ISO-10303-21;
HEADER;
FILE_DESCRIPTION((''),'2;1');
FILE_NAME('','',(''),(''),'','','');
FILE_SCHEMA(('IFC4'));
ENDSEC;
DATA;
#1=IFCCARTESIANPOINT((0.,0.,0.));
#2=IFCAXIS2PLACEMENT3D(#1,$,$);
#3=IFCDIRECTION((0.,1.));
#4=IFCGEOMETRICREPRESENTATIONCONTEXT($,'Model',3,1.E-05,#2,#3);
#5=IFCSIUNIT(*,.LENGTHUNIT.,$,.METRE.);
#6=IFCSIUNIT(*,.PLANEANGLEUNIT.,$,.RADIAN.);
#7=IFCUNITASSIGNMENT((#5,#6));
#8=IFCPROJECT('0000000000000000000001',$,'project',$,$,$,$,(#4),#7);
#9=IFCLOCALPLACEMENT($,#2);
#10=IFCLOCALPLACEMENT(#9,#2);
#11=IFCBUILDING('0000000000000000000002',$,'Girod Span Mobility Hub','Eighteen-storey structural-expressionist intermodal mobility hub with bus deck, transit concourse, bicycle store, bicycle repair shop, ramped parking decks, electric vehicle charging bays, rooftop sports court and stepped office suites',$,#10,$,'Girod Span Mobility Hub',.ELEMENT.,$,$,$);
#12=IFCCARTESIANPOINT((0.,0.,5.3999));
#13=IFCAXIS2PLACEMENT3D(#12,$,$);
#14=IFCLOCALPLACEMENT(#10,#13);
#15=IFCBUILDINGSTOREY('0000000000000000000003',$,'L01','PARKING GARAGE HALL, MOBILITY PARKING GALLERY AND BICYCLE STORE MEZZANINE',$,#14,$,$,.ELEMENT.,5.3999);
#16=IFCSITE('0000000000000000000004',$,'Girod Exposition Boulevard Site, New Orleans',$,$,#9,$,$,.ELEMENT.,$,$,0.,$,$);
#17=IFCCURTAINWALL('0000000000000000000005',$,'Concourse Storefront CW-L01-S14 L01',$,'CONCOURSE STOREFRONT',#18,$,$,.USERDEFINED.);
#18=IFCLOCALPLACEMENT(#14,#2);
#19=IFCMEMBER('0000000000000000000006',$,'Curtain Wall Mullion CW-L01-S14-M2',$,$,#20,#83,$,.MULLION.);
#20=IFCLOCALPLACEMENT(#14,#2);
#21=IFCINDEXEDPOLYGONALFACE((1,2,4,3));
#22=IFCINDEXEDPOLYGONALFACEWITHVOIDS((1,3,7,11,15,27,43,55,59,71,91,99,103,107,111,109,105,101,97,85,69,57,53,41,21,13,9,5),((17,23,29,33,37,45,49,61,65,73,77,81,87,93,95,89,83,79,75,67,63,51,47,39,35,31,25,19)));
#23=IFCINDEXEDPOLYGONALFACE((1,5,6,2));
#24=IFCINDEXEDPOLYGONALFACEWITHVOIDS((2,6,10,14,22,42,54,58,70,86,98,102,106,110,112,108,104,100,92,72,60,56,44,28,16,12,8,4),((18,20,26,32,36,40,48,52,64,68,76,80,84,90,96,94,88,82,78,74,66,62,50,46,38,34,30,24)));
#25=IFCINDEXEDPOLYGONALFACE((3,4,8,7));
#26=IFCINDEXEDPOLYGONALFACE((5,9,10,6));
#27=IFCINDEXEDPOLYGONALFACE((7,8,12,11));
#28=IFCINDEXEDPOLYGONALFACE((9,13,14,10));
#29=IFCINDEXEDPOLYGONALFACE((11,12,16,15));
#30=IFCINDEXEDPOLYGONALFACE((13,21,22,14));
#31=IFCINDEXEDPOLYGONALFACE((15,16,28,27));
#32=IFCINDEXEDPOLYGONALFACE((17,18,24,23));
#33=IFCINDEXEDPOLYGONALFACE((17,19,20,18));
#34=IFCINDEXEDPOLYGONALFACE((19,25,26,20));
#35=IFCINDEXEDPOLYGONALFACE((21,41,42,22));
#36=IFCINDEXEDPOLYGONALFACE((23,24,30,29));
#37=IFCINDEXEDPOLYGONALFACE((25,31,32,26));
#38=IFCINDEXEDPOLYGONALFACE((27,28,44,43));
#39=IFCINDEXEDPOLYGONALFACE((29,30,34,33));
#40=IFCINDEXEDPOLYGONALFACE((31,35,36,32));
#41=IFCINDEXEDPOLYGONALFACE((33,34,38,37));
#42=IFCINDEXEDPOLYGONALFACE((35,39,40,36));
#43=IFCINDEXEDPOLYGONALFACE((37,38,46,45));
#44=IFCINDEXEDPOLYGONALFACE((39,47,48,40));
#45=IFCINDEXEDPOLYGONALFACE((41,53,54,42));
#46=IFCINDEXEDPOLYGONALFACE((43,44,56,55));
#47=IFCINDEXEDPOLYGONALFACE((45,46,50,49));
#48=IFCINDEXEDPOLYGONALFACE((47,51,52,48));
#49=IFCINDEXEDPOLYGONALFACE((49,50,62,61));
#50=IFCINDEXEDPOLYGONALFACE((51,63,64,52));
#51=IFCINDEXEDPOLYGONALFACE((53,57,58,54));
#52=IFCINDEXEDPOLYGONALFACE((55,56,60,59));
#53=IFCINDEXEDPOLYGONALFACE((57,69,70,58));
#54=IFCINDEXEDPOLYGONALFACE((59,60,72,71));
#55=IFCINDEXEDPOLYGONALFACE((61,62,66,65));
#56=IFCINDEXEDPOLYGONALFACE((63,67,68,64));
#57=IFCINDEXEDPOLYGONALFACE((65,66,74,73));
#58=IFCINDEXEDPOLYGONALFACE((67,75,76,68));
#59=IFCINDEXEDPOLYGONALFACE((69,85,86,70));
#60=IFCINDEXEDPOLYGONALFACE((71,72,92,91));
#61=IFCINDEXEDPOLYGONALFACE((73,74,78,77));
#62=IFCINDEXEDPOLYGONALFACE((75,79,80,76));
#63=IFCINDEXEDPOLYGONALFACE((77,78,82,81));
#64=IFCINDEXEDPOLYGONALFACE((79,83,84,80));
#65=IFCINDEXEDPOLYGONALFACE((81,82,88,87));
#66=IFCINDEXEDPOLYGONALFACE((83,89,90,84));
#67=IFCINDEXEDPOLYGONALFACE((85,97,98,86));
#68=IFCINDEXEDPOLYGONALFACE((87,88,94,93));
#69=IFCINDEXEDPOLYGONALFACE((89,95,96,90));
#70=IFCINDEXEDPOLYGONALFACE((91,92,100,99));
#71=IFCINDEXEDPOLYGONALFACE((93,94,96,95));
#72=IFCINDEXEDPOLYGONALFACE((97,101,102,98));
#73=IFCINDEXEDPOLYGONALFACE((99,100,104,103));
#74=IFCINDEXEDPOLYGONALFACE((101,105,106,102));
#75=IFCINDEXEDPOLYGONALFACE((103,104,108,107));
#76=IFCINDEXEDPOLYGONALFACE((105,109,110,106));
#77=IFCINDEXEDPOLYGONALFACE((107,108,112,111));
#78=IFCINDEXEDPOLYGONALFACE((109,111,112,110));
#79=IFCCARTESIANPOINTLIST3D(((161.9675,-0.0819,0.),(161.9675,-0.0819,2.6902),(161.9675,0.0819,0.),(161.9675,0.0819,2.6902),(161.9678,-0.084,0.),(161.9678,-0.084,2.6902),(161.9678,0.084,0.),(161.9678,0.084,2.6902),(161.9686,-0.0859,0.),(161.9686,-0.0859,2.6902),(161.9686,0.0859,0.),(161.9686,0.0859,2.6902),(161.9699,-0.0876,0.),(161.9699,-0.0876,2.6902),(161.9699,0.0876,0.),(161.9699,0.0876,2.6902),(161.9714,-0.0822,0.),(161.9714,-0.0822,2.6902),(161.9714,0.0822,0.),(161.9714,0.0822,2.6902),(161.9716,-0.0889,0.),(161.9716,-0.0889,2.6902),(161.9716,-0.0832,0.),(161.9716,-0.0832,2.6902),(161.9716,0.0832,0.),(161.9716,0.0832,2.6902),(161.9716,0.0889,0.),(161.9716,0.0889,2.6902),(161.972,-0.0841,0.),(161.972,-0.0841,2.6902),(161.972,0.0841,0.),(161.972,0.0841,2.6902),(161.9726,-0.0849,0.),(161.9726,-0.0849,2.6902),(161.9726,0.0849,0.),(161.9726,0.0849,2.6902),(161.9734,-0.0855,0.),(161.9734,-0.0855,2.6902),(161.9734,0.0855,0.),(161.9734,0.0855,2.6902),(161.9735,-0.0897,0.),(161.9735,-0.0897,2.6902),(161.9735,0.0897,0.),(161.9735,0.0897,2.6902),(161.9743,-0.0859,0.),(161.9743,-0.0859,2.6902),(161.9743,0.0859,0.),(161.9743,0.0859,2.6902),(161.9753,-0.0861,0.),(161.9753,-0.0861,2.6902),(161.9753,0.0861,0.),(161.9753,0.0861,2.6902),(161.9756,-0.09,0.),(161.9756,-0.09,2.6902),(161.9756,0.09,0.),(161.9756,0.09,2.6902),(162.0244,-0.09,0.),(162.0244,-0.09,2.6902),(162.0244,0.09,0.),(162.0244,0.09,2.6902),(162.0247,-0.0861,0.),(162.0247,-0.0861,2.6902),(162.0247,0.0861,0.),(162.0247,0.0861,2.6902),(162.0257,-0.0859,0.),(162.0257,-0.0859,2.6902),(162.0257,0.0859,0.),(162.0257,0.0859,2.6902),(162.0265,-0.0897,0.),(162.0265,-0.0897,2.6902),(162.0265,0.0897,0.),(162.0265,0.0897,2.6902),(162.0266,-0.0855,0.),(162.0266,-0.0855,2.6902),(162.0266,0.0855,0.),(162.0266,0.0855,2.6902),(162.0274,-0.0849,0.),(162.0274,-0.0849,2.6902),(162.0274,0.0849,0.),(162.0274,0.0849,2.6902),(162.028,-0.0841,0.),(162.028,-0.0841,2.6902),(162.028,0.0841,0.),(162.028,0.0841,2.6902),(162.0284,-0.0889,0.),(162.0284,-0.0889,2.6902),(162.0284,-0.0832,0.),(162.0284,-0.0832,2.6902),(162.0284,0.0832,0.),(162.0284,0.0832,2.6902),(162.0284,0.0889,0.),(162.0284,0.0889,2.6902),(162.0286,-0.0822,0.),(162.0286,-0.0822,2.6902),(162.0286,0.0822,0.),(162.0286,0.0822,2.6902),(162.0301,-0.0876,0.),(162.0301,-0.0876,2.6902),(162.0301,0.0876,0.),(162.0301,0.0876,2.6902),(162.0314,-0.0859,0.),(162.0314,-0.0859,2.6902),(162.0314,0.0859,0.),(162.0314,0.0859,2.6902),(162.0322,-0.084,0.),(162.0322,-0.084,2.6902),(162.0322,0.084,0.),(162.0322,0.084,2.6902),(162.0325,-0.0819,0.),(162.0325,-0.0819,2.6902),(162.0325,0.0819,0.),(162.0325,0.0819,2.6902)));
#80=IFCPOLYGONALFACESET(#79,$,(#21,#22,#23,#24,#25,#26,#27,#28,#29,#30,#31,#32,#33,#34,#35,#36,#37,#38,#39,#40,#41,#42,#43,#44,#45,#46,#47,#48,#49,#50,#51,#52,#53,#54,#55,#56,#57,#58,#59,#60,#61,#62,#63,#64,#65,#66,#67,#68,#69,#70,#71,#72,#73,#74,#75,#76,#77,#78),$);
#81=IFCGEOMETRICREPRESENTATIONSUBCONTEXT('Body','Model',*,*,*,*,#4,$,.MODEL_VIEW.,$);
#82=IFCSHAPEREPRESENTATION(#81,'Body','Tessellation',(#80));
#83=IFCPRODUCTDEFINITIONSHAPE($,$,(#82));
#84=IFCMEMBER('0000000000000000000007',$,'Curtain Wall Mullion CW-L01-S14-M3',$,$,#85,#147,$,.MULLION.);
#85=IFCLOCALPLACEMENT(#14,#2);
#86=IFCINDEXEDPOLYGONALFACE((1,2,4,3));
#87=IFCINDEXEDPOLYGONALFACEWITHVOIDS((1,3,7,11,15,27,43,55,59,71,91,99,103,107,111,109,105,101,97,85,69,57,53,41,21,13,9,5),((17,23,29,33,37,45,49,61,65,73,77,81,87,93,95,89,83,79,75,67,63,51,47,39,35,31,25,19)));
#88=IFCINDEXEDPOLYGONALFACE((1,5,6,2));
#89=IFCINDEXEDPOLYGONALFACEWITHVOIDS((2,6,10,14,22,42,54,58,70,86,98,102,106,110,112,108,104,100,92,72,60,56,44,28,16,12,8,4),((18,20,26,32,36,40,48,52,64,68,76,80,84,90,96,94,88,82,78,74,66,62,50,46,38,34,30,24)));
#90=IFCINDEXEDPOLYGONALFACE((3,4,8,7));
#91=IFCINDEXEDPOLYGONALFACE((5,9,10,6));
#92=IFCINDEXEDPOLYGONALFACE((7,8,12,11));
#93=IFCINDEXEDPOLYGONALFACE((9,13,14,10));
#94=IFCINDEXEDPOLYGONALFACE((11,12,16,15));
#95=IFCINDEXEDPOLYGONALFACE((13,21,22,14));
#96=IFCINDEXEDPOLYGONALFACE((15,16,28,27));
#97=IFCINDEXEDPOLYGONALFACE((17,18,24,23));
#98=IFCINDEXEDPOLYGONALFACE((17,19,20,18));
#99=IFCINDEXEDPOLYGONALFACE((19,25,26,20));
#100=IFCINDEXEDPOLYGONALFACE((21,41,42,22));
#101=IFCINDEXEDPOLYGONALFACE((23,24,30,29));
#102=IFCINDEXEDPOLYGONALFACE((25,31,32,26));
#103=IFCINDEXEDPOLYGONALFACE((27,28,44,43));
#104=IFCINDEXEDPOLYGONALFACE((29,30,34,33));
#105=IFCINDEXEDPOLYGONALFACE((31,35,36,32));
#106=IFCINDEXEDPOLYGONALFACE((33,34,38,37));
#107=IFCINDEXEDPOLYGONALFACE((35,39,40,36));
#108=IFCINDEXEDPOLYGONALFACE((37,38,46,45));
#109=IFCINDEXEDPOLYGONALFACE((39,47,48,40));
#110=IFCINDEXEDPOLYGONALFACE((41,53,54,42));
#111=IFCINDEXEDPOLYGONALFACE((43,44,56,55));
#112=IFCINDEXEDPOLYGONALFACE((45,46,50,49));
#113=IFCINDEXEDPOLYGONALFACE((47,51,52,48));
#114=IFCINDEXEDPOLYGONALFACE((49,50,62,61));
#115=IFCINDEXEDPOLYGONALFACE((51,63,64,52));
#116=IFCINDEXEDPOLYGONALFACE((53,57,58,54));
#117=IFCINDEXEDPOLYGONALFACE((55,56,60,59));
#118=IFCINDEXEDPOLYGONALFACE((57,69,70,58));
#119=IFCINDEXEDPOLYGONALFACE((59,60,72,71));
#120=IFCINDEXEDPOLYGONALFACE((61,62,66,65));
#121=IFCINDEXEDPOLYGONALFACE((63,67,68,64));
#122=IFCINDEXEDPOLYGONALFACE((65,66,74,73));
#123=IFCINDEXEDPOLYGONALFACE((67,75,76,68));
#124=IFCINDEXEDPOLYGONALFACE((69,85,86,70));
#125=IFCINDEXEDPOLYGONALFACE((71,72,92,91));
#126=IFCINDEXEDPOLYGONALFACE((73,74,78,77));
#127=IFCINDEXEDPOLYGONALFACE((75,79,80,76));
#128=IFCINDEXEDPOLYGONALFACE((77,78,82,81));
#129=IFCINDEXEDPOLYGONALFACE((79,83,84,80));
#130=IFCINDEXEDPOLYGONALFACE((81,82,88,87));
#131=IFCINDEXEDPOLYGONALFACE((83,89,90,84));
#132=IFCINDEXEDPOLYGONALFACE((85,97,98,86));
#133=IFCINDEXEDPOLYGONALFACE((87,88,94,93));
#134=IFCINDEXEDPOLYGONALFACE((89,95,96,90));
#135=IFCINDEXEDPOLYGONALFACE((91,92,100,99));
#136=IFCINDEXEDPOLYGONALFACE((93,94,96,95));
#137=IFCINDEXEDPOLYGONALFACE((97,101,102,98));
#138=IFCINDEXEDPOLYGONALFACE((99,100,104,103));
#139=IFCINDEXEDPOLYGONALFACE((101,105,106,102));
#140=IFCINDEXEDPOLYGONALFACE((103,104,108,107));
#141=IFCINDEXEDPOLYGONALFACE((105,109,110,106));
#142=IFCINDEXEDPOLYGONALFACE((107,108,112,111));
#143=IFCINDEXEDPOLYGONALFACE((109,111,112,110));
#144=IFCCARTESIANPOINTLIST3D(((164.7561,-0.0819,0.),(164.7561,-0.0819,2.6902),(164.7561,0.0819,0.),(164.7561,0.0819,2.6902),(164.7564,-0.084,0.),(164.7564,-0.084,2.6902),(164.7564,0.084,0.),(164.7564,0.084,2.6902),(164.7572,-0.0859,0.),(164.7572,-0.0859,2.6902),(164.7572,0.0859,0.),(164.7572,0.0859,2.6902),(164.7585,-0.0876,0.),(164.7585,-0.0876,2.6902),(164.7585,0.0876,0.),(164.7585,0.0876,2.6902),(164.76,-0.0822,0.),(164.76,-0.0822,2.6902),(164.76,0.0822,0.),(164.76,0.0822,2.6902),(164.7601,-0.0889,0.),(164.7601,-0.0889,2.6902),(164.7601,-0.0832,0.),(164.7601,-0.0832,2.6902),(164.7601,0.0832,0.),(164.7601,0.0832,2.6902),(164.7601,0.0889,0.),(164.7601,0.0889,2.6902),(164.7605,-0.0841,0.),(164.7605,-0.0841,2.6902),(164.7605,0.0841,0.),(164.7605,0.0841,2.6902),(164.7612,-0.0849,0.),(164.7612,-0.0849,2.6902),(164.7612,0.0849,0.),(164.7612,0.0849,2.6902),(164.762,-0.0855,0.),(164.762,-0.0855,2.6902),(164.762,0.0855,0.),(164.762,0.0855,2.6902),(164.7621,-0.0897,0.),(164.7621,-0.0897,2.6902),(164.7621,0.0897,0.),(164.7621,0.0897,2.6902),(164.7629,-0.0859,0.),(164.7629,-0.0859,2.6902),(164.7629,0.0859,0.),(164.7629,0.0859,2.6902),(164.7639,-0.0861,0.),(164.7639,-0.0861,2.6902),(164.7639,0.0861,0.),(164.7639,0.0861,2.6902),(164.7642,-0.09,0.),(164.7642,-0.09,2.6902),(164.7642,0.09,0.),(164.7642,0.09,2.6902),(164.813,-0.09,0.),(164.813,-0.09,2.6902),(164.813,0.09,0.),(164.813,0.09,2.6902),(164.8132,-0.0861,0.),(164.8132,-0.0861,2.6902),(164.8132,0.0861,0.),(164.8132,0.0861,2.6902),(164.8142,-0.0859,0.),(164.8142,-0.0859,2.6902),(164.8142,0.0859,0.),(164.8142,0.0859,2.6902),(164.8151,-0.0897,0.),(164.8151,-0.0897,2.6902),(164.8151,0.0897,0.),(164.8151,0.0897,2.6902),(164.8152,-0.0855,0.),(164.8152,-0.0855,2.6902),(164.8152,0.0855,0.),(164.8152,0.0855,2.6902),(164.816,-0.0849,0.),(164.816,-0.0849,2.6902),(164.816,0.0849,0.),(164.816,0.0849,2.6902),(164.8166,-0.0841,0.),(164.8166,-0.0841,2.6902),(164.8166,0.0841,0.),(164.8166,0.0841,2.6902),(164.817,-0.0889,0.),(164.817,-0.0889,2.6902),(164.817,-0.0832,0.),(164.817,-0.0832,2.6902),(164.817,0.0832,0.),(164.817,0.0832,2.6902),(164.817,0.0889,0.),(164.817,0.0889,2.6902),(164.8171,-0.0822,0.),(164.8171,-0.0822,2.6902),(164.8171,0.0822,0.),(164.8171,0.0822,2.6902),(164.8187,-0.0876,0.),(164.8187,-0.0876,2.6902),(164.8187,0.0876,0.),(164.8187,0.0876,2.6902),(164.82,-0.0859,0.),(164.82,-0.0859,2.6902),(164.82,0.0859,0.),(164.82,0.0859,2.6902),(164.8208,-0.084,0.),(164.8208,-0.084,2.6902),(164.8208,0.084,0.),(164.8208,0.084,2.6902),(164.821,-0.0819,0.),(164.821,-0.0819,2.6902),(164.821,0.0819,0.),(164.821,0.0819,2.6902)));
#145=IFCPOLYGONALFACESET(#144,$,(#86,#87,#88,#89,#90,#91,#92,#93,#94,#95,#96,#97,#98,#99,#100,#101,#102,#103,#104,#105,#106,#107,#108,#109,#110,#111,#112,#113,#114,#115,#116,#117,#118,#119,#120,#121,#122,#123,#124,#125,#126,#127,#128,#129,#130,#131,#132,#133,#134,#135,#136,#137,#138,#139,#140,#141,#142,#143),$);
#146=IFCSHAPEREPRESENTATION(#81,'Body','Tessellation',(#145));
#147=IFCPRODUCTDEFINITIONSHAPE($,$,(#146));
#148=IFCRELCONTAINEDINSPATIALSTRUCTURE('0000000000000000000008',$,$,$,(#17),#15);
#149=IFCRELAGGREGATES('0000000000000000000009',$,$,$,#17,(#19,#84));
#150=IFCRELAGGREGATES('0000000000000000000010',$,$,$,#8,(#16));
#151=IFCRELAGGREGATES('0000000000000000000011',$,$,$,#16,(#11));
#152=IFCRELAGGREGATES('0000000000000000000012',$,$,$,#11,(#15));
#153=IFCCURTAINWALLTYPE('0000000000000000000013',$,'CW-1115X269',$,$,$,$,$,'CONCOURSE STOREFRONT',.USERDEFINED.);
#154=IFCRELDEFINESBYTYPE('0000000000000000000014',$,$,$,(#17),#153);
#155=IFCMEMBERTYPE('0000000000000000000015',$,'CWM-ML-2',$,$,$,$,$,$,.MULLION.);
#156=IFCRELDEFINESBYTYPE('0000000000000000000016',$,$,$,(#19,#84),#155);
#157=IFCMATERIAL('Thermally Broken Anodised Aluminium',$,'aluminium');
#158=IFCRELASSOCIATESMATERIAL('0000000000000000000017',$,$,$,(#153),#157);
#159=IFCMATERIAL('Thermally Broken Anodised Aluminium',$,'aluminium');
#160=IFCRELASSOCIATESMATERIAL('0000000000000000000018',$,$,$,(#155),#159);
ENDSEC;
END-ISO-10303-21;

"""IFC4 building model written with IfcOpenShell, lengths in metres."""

from ifc_helpers import new_model, si_unit, direction, frame, origin, origin_2d, place, context, subcontext, project, spatial, hollow_rectangle, extrude, material, material_profile, profile_set, type_object, element, aggregate, save


model = new_model("IFC4")

# Units and contexts
model_context = context("Model", 3, precision=1e-05, world=origin(), true_north=direction((0.0, 1.0)))
body_context = subcontext(model_context, "Body", "Model", "MODEL_VIEW")
ifc_project = project(units=[si_unit("LENGTHUNIT", "METRE"), si_unit("PLANEANGLEUNIT", "RADIAN")], contexts=[model_context])

# Site, building, storey
site_placement = place(None, origin())
site = spatial("IfcSite", under=ifc_project, at=site_placement, Name="Girod Exposition Boulevard Site, New Orleans", CompositionType="ELEMENT", RefElevation=0.0)
building_placement = place(site_placement, origin())
building = spatial("IfcBuilding", under=site, at=building_placement, Name="Girod Span Mobility Hub", Description="Eighteen-storey structural-expressionist intermodal mobility hub with bus deck, transit concourse, bicycle store, bicycle repair shop, ramped parking decks, electric vehicle charging bays, rooftop sports court and stepped office suites", LongName="Girod Span Mobility Hub", CompositionType="ELEMENT")
storey_placement = place(building_placement, frame((0.0, 0.0, 5.3999)))
storey = spatial("IfcBuildingStorey", under=building, at=storey_placement, Name="L01", Description="PARKING GARAGE HALL, MOBILITY PARKING GALLERY AND BICYCLE STORE MEZZANINE", CompositionType="ELEMENT", Elevation=5.3999)

# Curtain wall, members
ifc_material_1 = material(Name="Thermally Broken Anodised Aluminium", Category="aluminium")
curtain_wall_type = type_object("IfcCurtainWallType", Name="CW-1115X269", ElementType="CONCOURSE STOREFRONT", PredefinedType="USERDEFINED", material=ifc_material_1)
curtain_wall_placement = place(storey_placement, origin())
curtain_wall = element("IfcCurtainWall", 1, at=curtain_wall_placement, inside=storey, type_object=curtain_wall_type, Name="Concourse Storefront CW-L01-S14 L01", ObjectType="CONCOURSE STOREFRONT", PredefinedType="USERDEFINED")
ifc_material_2 = material(Name="Thermally Broken Anodised Aluminium", Category="aluminium")
ifc_material_profile_1 = material_profile(ifc_material_2, hollow_rectangle(XDim=0.1799, YDim=0.0649, WallThickness=0.0039, InnerFilletRadius=0.0039, OuterFilletRadius=0.0081, at=origin_2d()), Name="CW-ML-65X180")
ifc_profile_set_1 = profile_set([ifc_material_profile_1], Name="Thermally Broken Anodised Aluminium")
member_type_1 = type_object("IfcMemberType", Name="CWM-ML-2", PredefinedType="MULLION", material=ifc_profile_set_1)
member_1_placement = place(storey_placement, frame((162.0, 0.0, 0.0), z_axis=(0.0, 0.0, 1.0), x_axis=(0.0, 1.0, 0.0)))
member_1 = element("IfcMember", 2, at=member_1_placement, type_object=member_type_1, Name="Curtain Wall Mullion CW-L01-S14-M2", PredefinedType="MULLION", context=body_context, shape_type="SweptSolid", body=[
    extrude(hollow_rectangle(XDim=0.1799, YDim=0.0649, WallThickness=0.0039, InnerFilletRadius=0.0039, OuterFilletRadius=0.0081, at=origin_2d()), origin(), (0.0, 0.0, 1.0), 2.6902),
])
member_2_placement = place(storey_placement, frame((164.7886, 0.0, 0.0), z_axis=(0.0, 0.0, 1.0), x_axis=(0.0, 1.0, 0.0)))
member_2 = element("IfcMember", 3, at=member_2_placement, type_object=member_type_1, Name="Curtain Wall Mullion CW-L01-S14-M3", PredefinedType="MULLION", context=body_context, shape_type="SweptSolid", body=[
    extrude(hollow_rectangle(XDim=0.1799, YDim=0.0649, WallThickness=0.0039, InnerFilletRadius=0.0039, OuterFilletRadius=0.0081, at=origin_2d()), origin(), (0.0, 0.0, 1.0), 2.6902),
])
aggregate(curtain_wall, [member_1, member_2])

save(model, "model.ifc")
